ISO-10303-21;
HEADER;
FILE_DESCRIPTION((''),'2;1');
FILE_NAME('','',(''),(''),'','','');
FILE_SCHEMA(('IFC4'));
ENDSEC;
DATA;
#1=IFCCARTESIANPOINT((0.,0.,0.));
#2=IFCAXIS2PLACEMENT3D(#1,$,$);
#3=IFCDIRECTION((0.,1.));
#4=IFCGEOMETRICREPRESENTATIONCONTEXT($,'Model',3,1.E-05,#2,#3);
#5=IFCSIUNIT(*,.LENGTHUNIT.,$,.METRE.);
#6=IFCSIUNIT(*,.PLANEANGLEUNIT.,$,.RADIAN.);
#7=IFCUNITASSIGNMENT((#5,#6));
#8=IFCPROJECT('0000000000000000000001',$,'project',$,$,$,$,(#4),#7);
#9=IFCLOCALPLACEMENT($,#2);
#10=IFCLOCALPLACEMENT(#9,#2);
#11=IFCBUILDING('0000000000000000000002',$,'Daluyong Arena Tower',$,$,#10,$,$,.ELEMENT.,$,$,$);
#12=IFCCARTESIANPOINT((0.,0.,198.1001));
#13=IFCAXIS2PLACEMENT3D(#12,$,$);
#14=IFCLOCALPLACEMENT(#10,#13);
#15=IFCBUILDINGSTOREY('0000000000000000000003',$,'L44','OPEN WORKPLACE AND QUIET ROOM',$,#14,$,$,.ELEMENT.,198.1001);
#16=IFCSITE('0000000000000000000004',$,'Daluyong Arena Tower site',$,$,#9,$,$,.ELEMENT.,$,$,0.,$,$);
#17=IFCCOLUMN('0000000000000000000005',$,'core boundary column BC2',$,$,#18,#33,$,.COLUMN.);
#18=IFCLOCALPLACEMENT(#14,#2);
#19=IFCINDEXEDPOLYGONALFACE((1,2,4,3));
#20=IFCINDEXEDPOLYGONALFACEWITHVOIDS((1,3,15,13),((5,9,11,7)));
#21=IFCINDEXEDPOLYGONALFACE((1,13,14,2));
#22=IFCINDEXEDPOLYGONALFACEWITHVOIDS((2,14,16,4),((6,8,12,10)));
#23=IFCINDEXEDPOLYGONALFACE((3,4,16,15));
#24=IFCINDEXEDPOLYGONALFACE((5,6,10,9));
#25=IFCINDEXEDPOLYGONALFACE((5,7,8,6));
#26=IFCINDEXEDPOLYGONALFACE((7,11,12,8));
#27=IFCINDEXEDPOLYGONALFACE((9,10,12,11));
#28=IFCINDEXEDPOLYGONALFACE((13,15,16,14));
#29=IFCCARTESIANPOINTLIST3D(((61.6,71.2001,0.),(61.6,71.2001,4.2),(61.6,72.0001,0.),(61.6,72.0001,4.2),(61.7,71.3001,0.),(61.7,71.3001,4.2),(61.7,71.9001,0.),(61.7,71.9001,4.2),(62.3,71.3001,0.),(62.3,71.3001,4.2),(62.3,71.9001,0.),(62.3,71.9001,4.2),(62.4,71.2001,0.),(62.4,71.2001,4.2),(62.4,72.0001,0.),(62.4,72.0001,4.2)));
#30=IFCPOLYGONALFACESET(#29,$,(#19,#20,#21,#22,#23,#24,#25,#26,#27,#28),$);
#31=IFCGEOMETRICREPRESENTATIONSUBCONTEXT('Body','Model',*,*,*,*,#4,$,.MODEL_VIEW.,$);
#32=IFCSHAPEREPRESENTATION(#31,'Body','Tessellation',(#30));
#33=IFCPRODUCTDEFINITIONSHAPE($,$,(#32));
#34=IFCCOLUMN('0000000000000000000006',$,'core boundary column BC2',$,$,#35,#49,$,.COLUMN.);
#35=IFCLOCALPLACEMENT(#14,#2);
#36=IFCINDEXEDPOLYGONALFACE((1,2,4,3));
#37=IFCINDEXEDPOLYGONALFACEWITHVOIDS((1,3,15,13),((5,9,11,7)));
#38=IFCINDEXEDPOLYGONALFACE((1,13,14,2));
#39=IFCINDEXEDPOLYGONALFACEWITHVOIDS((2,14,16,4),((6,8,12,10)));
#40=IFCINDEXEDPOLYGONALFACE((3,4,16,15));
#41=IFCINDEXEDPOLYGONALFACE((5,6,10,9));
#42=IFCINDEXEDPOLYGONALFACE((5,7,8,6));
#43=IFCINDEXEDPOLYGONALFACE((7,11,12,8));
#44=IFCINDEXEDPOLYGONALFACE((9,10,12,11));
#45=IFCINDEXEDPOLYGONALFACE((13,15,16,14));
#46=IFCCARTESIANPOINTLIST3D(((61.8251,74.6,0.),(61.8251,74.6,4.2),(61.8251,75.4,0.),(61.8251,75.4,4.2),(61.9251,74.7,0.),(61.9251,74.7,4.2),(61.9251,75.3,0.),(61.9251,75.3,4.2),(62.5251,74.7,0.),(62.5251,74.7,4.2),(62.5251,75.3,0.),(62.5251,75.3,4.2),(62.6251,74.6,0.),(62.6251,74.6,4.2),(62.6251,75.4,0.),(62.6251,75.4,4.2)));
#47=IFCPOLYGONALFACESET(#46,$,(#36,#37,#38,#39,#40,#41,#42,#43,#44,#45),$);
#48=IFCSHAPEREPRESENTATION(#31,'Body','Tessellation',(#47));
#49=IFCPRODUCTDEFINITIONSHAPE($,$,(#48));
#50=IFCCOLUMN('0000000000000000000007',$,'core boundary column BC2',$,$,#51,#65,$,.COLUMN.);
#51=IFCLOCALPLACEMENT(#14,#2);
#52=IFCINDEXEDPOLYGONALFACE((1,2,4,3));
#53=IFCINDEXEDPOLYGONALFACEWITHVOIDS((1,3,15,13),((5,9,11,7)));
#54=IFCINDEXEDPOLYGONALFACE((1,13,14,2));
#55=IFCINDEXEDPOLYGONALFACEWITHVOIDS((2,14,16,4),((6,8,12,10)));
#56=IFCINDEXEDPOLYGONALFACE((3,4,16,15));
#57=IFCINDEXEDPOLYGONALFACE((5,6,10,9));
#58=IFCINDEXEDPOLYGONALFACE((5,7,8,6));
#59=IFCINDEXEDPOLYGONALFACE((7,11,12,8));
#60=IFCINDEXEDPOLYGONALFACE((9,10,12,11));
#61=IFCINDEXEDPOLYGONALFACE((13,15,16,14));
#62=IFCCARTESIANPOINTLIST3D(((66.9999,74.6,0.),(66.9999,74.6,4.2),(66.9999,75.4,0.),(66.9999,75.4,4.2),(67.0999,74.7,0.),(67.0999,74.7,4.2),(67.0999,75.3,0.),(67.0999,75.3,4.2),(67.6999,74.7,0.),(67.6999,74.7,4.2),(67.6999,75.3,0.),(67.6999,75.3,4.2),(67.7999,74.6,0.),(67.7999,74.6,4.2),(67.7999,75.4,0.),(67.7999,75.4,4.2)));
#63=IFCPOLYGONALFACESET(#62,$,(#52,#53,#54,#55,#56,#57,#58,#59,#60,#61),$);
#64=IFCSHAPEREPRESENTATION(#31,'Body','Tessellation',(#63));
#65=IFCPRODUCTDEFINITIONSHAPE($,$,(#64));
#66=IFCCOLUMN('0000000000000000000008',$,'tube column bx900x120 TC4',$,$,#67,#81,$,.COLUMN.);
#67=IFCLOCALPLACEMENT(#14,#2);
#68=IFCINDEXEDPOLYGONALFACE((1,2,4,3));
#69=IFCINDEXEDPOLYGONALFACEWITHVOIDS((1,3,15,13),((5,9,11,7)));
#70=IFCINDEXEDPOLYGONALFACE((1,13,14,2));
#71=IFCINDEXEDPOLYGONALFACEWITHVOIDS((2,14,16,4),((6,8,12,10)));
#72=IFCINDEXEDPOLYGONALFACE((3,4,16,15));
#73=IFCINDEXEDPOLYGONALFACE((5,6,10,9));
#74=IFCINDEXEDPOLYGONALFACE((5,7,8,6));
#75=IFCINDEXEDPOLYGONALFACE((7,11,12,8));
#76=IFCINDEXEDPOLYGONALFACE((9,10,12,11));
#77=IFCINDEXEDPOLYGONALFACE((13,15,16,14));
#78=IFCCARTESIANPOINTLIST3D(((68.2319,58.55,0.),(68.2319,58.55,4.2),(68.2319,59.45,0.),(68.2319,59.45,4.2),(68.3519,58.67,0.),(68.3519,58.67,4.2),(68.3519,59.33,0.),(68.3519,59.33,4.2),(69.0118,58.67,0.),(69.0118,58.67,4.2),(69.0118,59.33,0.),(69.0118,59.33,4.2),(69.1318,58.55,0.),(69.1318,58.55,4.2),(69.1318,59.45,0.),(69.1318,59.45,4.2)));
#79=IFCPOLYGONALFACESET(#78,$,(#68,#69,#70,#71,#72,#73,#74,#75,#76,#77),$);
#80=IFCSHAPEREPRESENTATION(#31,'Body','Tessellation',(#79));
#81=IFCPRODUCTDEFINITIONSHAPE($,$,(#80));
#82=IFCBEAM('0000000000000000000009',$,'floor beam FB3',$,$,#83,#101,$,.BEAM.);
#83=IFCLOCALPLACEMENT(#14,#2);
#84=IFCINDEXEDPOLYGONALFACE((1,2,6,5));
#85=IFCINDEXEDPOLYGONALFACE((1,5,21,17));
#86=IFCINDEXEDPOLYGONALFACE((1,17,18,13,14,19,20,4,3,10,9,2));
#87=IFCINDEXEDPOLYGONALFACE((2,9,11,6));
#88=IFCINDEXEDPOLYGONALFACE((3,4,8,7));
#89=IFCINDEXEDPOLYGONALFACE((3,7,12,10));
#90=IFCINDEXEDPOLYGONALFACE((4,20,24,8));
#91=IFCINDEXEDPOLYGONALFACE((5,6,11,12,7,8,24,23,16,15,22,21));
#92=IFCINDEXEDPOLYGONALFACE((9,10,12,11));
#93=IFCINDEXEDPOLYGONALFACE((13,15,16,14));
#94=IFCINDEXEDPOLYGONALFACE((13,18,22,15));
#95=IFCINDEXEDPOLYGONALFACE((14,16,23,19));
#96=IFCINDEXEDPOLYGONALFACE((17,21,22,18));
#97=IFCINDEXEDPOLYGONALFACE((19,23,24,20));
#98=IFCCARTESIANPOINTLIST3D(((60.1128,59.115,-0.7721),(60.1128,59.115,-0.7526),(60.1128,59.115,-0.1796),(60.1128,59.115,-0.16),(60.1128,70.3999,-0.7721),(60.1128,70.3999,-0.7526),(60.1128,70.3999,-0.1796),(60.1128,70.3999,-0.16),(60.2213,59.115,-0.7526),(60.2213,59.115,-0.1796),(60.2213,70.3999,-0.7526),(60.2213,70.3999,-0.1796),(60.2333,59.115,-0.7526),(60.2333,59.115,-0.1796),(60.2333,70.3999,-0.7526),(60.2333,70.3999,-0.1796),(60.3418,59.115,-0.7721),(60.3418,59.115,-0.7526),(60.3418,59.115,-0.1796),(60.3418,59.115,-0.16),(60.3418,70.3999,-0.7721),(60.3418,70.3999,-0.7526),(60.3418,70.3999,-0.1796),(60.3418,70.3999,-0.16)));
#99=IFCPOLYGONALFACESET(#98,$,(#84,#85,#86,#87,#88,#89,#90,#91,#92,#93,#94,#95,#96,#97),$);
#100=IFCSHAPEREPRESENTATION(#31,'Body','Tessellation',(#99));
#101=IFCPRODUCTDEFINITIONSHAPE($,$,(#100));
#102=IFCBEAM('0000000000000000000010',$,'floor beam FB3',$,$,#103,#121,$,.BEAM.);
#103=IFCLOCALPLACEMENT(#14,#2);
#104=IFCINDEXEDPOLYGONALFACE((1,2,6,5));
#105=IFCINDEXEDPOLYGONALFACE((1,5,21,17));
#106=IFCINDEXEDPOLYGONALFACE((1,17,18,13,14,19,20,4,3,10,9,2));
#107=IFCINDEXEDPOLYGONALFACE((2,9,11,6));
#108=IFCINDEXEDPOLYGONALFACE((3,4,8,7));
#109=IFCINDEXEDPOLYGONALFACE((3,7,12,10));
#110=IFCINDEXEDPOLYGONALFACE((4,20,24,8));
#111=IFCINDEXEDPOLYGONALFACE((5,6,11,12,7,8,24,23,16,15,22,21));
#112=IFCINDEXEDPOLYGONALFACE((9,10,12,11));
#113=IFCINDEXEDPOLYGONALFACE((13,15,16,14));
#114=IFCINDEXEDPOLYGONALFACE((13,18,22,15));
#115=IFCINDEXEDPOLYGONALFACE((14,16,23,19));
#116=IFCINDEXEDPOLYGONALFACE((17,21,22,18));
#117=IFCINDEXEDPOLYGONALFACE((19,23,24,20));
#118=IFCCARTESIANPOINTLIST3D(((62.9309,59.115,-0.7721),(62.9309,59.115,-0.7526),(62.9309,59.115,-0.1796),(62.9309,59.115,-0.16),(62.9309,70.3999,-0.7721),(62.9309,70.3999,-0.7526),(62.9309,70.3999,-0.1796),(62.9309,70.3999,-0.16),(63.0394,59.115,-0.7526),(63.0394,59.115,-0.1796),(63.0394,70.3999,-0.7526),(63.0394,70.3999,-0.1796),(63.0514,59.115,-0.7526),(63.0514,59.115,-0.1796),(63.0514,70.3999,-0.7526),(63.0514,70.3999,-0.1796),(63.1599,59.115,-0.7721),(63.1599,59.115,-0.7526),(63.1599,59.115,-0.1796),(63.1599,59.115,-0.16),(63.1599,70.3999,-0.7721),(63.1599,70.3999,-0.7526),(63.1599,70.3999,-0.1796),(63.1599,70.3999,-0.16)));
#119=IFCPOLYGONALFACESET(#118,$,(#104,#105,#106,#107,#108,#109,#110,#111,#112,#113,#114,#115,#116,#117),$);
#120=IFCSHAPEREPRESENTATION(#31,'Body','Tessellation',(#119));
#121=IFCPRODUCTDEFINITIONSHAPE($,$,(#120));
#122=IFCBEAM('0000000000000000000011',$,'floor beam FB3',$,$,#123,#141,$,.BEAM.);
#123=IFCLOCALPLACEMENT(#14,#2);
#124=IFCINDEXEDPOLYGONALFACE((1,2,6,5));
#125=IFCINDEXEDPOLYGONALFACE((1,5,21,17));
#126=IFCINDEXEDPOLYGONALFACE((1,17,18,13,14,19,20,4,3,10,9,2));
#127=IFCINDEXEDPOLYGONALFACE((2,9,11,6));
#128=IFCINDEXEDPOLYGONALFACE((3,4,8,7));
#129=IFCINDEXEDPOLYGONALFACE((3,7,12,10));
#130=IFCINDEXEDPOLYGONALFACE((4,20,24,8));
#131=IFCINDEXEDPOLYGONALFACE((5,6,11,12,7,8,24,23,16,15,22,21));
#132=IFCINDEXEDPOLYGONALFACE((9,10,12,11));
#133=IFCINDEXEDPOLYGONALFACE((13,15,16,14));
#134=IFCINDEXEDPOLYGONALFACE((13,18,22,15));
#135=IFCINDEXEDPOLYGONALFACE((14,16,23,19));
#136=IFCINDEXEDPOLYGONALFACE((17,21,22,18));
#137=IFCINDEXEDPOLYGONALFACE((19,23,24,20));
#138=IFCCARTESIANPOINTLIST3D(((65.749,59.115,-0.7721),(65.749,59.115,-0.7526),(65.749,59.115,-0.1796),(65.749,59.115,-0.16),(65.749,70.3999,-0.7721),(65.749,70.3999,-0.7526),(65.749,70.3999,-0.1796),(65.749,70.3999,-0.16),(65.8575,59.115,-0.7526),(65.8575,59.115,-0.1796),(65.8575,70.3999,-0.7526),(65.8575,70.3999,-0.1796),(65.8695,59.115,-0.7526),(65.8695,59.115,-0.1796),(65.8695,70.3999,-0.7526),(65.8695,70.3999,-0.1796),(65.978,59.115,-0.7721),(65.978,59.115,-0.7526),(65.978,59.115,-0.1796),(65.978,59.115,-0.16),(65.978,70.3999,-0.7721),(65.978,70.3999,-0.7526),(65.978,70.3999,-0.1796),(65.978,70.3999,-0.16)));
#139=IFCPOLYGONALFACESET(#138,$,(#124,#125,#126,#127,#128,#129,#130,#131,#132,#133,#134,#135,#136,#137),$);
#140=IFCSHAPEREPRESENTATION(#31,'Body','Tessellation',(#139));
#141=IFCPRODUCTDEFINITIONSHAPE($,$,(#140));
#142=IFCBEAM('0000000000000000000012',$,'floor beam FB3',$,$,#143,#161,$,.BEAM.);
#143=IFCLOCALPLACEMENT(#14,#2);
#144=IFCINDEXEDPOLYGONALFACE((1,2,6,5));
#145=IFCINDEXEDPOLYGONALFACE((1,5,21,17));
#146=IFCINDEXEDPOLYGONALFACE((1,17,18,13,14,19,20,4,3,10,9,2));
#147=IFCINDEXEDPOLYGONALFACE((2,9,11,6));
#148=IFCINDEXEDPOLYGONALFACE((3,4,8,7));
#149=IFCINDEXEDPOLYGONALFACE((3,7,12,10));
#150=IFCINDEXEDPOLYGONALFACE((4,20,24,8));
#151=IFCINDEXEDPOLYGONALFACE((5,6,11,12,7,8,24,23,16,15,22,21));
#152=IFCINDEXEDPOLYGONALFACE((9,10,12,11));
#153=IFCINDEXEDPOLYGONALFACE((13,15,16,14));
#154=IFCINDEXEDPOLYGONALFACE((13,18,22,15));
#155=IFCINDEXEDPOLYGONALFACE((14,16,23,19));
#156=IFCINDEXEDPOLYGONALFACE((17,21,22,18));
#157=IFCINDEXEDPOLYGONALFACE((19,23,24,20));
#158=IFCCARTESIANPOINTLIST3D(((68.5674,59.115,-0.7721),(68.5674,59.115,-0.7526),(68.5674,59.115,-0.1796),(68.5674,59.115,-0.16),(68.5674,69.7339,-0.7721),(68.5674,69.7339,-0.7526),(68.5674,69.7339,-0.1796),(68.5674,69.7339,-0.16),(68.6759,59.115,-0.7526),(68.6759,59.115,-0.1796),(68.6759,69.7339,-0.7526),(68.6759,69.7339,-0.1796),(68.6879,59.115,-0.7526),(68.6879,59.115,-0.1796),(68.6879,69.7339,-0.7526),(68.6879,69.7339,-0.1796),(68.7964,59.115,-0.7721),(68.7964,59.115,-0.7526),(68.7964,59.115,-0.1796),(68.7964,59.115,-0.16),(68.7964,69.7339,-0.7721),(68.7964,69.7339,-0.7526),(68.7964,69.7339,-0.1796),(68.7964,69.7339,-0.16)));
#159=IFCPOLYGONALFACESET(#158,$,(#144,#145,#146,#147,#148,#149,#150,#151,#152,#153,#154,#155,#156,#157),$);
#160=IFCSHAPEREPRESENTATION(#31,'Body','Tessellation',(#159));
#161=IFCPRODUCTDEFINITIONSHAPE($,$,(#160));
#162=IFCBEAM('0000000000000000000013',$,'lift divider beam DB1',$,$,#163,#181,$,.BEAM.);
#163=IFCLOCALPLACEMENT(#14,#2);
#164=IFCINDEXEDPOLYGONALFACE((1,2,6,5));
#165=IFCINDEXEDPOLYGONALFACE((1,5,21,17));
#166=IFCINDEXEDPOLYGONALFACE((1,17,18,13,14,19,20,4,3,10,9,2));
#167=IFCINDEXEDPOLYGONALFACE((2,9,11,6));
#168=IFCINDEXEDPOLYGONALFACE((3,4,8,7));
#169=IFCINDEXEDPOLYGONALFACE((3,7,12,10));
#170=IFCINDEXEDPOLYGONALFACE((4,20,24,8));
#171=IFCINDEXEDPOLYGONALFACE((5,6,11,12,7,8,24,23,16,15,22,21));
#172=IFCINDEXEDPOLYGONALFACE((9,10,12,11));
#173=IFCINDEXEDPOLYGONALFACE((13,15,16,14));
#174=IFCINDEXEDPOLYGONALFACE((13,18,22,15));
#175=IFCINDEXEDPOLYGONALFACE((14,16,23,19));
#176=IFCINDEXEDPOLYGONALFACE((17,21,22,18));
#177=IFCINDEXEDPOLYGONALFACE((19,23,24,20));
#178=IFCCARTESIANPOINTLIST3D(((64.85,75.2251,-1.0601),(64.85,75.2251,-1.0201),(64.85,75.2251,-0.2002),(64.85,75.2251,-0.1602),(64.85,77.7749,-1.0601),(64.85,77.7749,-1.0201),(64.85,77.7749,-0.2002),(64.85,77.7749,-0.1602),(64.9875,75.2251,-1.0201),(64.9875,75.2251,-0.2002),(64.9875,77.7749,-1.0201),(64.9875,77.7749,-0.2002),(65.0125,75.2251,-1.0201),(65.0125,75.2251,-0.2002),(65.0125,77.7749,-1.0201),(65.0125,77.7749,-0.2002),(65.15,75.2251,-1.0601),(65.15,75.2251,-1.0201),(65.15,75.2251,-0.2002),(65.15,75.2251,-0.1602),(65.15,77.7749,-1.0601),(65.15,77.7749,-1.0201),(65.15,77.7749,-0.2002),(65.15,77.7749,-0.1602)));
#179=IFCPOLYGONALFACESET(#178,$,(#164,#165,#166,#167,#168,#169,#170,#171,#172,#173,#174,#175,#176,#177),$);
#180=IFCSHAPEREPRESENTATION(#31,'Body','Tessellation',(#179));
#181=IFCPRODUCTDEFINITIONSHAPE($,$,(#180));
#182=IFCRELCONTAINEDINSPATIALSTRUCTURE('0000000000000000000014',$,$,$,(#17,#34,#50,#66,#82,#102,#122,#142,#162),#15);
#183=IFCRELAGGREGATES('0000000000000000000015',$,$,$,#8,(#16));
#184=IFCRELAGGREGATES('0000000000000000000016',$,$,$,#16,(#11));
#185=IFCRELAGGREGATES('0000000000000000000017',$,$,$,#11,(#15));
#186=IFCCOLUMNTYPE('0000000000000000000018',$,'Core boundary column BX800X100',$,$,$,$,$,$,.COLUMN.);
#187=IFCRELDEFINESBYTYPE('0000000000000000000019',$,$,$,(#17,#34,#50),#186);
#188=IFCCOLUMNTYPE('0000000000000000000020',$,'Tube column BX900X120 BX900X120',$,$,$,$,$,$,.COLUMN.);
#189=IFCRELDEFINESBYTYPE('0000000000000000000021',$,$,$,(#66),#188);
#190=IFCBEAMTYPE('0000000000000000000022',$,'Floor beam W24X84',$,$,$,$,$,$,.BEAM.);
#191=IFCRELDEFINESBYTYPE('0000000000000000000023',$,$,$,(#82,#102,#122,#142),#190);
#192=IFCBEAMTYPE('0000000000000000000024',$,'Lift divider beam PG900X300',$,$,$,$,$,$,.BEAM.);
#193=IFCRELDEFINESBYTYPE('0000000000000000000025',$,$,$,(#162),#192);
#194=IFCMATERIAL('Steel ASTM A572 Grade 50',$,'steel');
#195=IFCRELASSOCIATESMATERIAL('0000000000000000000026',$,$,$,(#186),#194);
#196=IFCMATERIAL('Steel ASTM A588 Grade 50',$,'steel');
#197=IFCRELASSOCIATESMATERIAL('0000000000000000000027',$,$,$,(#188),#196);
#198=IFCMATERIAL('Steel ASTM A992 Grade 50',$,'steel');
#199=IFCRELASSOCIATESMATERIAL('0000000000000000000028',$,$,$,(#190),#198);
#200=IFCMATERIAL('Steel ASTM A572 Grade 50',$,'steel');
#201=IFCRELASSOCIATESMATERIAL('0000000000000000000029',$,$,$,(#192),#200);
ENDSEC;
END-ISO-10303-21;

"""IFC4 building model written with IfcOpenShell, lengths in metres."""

from ifc_helpers import new_model, si_unit, direction, frame, origin, origin_2d, place, context, subcontext, project, spatial, hollow_rectangle, i_section, extrude, material, material_profile, profile_set, type_object, element, save


model = new_model("IFC4")

# Units and contexts
model_context = context("Model", 3, precision=1e-05, world=origin(), true_north=direction((0.0, 1.0)))
body_context = subcontext(model_context, "Body", "Model", "MODEL_VIEW")
ifc_project = project(units=[si_unit("LENGTHUNIT", "METRE"), si_unit("PLANEANGLEUNIT", "RADIAN")], contexts=[model_context])

# Site, building, storey
site_placement = place(None, origin())
site = spatial("IfcSite", under=ifc_project, at=site_placement, Name="Daluyong Arena Tower site", CompositionType="ELEMENT", RefElevation=0.0)
building_placement = place(site_placement, origin())
building = spatial("IfcBuilding", under=site, at=building_placement, Name="Daluyong Arena Tower", CompositionType="ELEMENT")
storey_placement = place(building_placement, frame((0.0, 0.0, 198.1001)))
storey = spatial("IfcBuildingStorey", under=building, at=storey_placement, Name="L44", Description="OPEN WORKPLACE AND QUIET ROOM", CompositionType="ELEMENT", Elevation=198.1001)

# Columns
ifc_material_1 = material(Name="Steel ASTM A572 Grade 50", Category="steel")
ifc_material_profile_1 = material_profile(ifc_material_1, hollow_rectangle(XDim=0.8, YDim=0.8, WallThickness=0.1, at=origin_2d()))
ifc_profile_set_1 = profile_set([ifc_material_profile_1], Name="Steel ASTM A572 Grade 50")
column_type_1 = type_object("IfcColumnType", Name="Core boundary column BX800X100", PredefinedType="COLUMN", material=ifc_profile_set_1)
for number, where, z_axis, x_axis, name in (
    (1, (62.0, 71.6001, 0.0), (0.0, 0.0, 1.0), (1.0, 0.0, 0.0), "core boundary column BC2"),
    (2, (62.2251, 75.0, 0.0), (0.0, 0.0, 1.0), (1.0, 0.0, 0.0), "core boundary column BC2"),
    (3, (67.3999, 75.0, 0.0), (0.0, 0.0, 1.0), (1.0, 0.0, 0.0), "core boundary column BC2"),
):
    element("IfcColumn", number, at=place(storey_placement, frame(where, z_axis=z_axis, x_axis=x_axis)), inside=storey, type_object=column_type_1, Name=name, PredefinedType="COLUMN", context=body_context, shape_type="SweptSolid", body=[
        extrude(hollow_rectangle(XDim=0.8, YDim=0.8, WallThickness=0.1, at=origin_2d()), origin(), (0.0, 0.0, 1.0), 4.2),
    ])
ifc_material_2 = material(Name="Steel ASTM A588 Grade 50", Category="steel")
ifc_material_profile_2 = material_profile(ifc_material_2, hollow_rectangle(XDim=0.8999, YDim=0.8999, WallThickness=0.12, at=origin_2d()))
ifc_profile_set_2 = profile_set([ifc_material_profile_2], Name="Steel ASTM A588 Grade 50")
column_type_2 = type_object("IfcColumnType", Name="Tube column BX900X120 BX900X120", PredefinedType="COLUMN", material=ifc_profile_set_2)
column_placement = place(storey_placement, frame((68.6819, 59.0, 0.0), z_axis=(0.0, 0.0, 1.0), x_axis=(1.0, 0.0, 0.0)))
element("IfcColumn", 4, at=column_placement, inside=storey, type_object=column_type_2, Name="tube column bx900x120 TC4", PredefinedType="COLUMN", context=body_context, shape_type="SweptSolid", body=[
    extrude(hollow_rectangle(XDim=0.8999, YDim=0.8999, WallThickness=0.12, at=origin_2d()), origin(), (0.0, 0.0, 1.0), 4.2),
])

# Beams
ifc_material_3 = material(Name="Steel ASTM A992 Grade 50", Category="steel")
ifc_material_profile_3 = material_profile(ifc_material_3, i_section(OverallWidth=0.229, OverallDepth=0.6121, WebThickness=0.012, FlangeThickness=0.0195, at=origin_2d()))
ifc_profile_set_3 = profile_set([ifc_material_profile_3], Name="Steel ASTM A992 Grade 50")
beam_type_1 = type_object("IfcBeamType", Name="Floor beam W24X84", PredefinedType="BEAM", material=ifc_profile_set_3)
for number, where, z_axis, x_axis, name in (
    (5, (60.2273, 59.115, -0.4661), (0.0, 1.0, 0.0), (-1.0, 0.0, 0.0), "floor beam FB3"),
    (6, (63.0454, 59.115, -0.4661), (0.0, 1.0, 0.0), (-1.0, 0.0, 0.0), "floor beam FB3"),
    (7, (65.8635, 59.115, -0.4661), (0.0, 1.0, 0.0), (-1.0, 0.0, 0.0), "floor beam FB3"),
):
    element("IfcBeam", number, at=place(storey_placement, frame(where, z_axis=z_axis, x_axis=x_axis)), inside=storey, type_object=beam_type_1, Name=name, PredefinedType="BEAM", context=body_context, shape_type="SweptSolid", body=[
        extrude(i_section(OverallWidth=0.229, OverallDepth=0.6121, WebThickness=0.012, FlangeThickness=0.0195, at=origin_2d()), origin(), (0.0, 0.0, 1.0), 11.2849),
    ])
beam_1_placement = place(storey_placement, frame((68.6819, 59.115, -0.4661), z_axis=(0.0, 1.0, 0.0), x_axis=(-1.0, 0.0, 0.0)))
element("IfcBeam", 8, at=beam_1_placement, inside=storey, type_object=beam_type_1, Name="floor beam FB3", PredefinedType="BEAM", context=body_context, shape_type="SweptSolid", body=[
    extrude(i_section(OverallWidth=0.229, OverallDepth=0.6121, WebThickness=0.012, FlangeThickness=0.0195, at=origin_2d()), origin(), (0.0, 0.0, 1.0), 10.6189),
])
ifc_material_4 = material(Name="Steel ASTM A572 Grade 50", Category="steel")
ifc_material_profile_4 = material_profile(ifc_material_4, i_section(OverallWidth=0.3, OverallDepth=0.8999, WebThickness=0.025, FlangeThickness=0.04, at=origin_2d()))
ifc_profile_set_4 = profile_set([ifc_material_profile_4], Name="Steel ASTM A572 Grade 50")
beam_type_2 = type_object("IfcBeamType", Name="Lift divider beam PG900X300", PredefinedType="BEAM", material=ifc_profile_set_4)
beam_2_placement = place(storey_placement, frame((65.0, 75.2251, -0.6101), z_axis=(0.0, 1.0, 0.0), x_axis=(-1.0, 0.0, 0.0)))
element("IfcBeam", 9, at=beam_2_placement, inside=storey, type_object=beam_type_2, Name="lift divider beam DB1", PredefinedType="BEAM", context=body_context, shape_type="SweptSolid", body=[
    extrude(i_section(OverallWidth=0.3, OverallDepth=0.8999, WebThickness=0.025, FlangeThickness=0.04, at=origin_2d()), origin(), (0.0, 0.0, 1.0), 2.5498),
])

save(model, "model.ifc")
